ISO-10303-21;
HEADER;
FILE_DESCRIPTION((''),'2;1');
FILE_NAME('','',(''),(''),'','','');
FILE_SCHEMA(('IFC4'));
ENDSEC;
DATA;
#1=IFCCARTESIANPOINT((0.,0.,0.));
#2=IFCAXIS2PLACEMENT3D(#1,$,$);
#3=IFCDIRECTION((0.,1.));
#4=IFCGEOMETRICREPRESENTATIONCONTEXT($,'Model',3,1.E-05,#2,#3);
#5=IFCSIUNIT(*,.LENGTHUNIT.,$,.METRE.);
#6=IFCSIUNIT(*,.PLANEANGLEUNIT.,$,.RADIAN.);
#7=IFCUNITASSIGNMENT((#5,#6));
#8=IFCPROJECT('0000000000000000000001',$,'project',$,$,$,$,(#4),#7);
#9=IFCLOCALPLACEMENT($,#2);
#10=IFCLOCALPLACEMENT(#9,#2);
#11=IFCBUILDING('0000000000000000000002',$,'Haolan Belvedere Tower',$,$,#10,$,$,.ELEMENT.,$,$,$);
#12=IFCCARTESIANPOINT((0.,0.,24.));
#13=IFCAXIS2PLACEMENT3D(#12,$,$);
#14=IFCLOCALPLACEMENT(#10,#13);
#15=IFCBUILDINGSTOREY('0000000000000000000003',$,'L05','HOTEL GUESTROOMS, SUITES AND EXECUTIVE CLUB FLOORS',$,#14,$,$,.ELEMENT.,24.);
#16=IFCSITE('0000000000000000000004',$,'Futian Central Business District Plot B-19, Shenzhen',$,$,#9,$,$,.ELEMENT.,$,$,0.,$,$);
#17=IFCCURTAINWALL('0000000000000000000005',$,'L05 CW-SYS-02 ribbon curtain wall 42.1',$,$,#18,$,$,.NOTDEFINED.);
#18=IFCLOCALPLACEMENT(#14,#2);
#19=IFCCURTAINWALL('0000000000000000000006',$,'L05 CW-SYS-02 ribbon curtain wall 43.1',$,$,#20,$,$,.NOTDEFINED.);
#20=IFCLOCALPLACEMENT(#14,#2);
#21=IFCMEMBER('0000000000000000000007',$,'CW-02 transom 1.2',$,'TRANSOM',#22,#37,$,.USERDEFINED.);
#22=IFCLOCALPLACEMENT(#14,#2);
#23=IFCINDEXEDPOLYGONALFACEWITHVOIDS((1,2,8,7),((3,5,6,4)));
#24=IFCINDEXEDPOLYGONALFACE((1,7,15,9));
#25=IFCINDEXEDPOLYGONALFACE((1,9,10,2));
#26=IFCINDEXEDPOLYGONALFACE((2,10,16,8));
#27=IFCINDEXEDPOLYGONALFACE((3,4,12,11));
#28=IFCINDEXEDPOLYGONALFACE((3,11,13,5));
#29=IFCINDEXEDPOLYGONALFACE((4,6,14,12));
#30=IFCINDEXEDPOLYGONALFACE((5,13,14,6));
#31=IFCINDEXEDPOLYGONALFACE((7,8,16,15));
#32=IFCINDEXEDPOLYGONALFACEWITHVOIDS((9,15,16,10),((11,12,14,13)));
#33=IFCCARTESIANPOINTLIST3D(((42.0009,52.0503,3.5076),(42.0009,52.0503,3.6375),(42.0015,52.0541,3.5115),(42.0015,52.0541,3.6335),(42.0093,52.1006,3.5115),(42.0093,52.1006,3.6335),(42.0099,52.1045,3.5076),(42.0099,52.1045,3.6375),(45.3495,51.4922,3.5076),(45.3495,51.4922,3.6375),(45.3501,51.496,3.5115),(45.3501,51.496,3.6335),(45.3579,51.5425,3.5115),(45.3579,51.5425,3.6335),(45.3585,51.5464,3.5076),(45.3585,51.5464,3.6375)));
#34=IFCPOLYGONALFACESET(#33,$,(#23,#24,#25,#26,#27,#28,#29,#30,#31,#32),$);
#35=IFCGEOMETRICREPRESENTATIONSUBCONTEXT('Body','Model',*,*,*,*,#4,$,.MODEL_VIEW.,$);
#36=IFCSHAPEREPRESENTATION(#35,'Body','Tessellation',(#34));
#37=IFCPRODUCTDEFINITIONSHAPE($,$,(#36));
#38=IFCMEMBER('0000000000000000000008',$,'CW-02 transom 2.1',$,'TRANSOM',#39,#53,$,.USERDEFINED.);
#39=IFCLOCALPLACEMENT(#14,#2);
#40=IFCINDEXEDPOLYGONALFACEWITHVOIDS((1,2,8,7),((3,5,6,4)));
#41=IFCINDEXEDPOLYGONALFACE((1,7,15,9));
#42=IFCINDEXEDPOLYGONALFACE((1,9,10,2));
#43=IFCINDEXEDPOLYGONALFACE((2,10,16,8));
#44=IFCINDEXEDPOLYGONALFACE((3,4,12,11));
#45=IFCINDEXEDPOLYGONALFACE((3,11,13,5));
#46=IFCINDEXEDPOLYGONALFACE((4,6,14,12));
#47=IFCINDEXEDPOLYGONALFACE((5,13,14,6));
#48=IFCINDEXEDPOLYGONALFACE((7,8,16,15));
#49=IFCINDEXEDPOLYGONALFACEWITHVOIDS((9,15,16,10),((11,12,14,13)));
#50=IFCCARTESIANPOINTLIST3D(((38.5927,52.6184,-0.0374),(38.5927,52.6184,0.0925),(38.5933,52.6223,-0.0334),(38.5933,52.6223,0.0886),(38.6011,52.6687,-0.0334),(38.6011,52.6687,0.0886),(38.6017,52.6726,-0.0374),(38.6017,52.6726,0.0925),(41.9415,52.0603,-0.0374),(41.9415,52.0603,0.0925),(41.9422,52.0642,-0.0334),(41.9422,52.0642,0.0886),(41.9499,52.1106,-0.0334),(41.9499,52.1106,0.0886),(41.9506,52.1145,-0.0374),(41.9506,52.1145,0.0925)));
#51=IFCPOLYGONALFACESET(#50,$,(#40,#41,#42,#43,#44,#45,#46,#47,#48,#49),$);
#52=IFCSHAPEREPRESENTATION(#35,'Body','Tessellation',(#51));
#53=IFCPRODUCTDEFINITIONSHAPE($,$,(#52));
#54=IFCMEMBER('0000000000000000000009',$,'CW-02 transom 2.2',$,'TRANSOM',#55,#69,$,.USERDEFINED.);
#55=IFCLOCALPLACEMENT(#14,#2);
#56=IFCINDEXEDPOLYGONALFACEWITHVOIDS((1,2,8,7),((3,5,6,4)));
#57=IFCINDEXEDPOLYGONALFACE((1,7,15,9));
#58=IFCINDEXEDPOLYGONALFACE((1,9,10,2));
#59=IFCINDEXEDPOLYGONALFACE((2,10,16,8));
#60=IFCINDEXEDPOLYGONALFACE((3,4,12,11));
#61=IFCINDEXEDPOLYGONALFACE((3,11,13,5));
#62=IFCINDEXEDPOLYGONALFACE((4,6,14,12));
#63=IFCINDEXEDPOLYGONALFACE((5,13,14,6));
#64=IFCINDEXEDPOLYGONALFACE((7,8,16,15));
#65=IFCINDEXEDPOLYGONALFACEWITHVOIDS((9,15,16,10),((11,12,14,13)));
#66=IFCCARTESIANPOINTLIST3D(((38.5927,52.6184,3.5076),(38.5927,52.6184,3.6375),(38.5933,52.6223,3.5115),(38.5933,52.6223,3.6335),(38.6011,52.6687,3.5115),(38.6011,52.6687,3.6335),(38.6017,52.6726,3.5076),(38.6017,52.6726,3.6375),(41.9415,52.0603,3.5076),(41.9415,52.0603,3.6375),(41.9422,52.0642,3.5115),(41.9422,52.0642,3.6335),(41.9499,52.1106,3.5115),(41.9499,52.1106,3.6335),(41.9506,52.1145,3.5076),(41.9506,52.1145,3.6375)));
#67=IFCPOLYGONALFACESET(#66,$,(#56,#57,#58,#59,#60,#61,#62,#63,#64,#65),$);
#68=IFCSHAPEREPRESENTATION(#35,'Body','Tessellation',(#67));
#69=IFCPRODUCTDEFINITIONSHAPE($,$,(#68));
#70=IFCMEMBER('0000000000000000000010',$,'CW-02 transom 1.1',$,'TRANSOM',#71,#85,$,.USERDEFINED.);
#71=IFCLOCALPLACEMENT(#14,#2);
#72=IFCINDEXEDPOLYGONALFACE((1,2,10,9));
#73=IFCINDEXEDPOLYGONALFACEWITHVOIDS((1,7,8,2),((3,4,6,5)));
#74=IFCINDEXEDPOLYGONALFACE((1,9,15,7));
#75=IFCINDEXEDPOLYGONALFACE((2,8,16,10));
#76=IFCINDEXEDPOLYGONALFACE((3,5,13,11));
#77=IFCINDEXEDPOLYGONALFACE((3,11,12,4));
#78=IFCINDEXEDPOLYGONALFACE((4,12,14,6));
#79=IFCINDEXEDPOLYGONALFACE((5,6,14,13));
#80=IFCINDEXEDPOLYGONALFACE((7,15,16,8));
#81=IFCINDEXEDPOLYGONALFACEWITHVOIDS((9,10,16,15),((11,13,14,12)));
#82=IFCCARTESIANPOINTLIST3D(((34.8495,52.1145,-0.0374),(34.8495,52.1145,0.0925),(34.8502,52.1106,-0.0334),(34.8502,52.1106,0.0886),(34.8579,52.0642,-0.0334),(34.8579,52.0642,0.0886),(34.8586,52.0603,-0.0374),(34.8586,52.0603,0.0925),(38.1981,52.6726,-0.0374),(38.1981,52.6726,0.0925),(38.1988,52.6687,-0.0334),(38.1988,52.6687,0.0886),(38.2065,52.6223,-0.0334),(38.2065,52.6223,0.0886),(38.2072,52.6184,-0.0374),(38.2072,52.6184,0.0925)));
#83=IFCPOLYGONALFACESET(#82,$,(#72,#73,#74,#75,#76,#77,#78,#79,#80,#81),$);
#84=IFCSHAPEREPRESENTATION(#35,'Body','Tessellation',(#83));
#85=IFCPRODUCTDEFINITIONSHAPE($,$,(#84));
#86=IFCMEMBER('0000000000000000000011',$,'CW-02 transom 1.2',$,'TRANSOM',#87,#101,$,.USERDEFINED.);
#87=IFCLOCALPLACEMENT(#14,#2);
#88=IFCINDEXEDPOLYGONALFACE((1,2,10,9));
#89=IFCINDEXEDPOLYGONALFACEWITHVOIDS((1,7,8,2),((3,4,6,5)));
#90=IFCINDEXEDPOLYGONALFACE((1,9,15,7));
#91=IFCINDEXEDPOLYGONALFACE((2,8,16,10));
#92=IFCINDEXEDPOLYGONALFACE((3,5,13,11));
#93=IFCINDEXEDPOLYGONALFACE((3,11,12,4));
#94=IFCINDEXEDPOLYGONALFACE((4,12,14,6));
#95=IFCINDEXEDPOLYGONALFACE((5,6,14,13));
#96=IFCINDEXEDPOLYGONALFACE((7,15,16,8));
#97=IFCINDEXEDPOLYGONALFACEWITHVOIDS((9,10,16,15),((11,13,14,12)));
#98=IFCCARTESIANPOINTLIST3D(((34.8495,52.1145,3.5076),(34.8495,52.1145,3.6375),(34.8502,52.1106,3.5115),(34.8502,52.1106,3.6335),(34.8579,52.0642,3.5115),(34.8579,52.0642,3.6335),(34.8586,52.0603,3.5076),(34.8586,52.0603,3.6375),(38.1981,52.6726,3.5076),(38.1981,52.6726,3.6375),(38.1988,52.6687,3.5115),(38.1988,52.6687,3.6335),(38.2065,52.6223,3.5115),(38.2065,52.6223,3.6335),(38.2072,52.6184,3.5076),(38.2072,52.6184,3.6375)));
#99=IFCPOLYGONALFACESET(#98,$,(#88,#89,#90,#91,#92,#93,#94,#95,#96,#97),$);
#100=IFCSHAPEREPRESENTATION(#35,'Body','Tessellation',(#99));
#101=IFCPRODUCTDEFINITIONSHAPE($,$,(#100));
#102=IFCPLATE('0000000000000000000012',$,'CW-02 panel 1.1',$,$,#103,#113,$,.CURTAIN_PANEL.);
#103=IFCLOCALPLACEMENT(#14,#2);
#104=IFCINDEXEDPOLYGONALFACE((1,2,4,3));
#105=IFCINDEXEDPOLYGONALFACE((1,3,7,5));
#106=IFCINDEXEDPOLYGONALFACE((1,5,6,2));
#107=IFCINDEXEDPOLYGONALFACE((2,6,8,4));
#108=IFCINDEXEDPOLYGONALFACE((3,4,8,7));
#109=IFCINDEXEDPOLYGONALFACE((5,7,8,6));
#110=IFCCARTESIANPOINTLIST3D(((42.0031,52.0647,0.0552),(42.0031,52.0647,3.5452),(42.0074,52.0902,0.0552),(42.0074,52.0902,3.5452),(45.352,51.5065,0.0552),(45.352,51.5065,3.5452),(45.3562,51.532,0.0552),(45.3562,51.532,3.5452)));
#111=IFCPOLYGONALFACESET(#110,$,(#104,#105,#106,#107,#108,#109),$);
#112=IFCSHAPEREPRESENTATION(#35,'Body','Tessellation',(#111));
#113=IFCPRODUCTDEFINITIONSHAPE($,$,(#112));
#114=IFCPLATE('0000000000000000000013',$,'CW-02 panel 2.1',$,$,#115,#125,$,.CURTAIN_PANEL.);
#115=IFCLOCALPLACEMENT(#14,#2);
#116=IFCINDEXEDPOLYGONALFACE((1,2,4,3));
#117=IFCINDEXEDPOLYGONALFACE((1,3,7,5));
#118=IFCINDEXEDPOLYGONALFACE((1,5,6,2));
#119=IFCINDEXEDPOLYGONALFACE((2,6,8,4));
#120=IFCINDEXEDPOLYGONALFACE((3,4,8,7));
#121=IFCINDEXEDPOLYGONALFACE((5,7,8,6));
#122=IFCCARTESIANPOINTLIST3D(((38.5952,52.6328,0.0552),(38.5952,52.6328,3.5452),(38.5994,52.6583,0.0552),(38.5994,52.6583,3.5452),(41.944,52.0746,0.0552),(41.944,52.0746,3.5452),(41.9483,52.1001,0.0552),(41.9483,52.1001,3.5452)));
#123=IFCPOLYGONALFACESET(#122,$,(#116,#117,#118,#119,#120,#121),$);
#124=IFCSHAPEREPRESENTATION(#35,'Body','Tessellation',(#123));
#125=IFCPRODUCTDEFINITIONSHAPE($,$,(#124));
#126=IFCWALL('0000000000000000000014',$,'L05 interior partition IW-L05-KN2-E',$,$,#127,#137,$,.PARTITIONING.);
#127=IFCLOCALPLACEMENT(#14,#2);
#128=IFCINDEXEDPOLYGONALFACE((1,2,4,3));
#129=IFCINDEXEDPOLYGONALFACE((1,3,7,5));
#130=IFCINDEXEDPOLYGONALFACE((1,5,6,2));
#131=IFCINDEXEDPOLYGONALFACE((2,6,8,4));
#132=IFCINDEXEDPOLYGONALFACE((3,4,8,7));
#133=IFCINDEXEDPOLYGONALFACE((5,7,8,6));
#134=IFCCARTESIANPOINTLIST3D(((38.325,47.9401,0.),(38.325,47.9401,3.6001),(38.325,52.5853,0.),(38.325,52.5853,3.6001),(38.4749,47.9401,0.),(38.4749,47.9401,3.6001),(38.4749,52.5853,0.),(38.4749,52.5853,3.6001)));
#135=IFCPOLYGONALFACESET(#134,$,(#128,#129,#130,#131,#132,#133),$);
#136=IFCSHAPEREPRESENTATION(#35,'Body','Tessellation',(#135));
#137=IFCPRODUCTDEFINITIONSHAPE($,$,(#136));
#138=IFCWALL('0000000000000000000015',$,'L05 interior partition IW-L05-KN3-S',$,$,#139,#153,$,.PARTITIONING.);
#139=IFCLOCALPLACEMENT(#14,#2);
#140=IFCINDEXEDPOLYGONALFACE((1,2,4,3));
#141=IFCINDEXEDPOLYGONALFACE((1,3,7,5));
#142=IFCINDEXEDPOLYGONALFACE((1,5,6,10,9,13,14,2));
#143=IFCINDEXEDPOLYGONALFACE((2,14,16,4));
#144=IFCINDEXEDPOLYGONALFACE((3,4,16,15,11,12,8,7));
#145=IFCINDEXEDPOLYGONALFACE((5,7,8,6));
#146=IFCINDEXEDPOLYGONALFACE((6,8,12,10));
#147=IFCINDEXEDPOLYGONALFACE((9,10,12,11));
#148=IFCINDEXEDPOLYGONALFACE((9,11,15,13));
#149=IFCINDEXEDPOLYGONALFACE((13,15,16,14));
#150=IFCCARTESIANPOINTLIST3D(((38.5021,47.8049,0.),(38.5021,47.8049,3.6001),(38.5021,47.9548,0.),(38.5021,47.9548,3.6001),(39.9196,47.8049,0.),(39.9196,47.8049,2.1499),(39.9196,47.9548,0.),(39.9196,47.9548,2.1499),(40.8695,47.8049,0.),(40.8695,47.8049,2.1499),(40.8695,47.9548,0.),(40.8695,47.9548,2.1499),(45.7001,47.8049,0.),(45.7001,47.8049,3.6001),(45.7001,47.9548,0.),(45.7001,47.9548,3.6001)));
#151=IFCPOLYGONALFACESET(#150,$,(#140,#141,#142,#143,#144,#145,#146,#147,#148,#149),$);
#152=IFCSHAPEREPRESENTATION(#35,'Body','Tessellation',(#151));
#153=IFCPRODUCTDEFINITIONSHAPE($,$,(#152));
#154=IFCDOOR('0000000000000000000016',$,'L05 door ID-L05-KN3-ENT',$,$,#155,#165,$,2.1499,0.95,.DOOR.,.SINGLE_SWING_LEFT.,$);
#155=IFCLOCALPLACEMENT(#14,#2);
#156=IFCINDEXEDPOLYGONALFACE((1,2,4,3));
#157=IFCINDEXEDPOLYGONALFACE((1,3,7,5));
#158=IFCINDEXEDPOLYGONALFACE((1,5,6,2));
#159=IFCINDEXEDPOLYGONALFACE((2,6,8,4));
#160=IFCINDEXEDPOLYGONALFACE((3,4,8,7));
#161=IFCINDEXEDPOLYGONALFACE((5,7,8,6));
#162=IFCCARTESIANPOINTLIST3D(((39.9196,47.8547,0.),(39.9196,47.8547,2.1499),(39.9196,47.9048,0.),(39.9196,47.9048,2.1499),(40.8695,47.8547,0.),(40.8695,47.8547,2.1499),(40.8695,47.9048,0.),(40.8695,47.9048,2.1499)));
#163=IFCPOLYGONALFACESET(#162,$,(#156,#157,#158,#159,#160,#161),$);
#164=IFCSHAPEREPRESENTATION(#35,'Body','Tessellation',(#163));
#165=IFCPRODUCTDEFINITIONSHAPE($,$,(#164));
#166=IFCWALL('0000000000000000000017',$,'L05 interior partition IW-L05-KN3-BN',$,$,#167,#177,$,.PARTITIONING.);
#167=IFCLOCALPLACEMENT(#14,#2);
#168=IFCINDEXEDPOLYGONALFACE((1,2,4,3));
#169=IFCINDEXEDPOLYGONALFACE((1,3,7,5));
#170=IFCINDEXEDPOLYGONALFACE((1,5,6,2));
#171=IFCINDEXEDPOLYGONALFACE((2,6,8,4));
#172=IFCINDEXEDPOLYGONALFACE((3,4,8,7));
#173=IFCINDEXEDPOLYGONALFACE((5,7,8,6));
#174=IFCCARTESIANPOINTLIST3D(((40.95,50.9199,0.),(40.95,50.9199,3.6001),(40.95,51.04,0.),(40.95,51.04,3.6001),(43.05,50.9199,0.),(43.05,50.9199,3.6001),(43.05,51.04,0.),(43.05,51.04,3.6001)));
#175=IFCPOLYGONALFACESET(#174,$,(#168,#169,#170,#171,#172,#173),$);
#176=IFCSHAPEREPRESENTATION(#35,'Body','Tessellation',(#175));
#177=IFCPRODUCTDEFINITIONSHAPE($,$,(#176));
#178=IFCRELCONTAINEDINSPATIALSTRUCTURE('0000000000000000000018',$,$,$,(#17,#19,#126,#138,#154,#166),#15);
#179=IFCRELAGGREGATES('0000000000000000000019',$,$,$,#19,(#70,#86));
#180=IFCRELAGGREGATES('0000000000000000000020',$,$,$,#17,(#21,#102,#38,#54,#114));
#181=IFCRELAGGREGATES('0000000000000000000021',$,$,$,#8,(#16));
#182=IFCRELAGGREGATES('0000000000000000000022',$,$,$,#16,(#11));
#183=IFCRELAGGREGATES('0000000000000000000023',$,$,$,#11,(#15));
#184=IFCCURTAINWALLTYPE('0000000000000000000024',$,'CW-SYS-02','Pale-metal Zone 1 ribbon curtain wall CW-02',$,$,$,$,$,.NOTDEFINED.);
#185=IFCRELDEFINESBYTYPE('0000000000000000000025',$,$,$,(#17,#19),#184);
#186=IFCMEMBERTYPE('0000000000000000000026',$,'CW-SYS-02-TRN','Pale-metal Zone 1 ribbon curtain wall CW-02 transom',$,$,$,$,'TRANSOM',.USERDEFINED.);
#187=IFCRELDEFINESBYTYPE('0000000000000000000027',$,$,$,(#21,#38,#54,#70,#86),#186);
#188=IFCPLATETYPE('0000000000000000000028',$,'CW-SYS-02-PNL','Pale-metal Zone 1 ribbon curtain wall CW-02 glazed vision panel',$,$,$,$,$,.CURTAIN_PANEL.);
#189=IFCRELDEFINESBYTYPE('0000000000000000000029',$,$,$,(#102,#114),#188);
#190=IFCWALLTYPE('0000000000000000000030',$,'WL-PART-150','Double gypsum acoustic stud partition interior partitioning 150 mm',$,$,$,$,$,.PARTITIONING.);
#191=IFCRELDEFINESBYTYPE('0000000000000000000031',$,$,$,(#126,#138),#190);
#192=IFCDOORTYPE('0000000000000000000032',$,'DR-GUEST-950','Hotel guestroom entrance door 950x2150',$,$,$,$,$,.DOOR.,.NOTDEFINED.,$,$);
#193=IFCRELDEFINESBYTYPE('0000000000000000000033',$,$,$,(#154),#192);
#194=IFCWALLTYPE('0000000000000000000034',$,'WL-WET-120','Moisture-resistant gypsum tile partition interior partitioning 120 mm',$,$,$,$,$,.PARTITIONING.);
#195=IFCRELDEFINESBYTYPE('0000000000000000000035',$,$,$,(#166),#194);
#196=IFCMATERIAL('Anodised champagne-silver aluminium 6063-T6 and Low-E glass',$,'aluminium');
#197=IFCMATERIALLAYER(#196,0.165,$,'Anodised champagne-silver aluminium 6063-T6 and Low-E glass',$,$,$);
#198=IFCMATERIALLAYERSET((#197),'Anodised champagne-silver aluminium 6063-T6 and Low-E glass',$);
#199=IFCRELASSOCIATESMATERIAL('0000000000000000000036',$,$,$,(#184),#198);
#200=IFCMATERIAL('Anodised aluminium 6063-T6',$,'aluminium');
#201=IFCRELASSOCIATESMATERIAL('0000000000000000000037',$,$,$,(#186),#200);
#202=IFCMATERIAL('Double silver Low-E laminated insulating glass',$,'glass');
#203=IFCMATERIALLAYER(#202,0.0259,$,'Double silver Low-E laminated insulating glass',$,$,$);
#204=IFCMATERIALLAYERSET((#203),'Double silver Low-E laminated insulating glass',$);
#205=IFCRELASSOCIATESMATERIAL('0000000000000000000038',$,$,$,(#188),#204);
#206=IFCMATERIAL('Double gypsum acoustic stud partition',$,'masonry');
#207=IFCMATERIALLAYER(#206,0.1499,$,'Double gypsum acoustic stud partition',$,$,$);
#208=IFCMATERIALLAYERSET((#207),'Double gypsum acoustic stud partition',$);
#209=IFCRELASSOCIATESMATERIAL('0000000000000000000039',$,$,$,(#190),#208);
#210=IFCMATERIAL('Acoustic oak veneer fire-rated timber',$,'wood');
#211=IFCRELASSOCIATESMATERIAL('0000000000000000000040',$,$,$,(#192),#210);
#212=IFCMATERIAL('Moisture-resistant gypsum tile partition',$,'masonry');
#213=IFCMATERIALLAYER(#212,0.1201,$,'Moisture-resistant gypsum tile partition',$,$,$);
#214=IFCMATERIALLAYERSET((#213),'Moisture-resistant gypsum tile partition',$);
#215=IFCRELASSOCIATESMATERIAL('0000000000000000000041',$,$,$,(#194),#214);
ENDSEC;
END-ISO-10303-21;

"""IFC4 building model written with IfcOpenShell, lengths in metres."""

from ifc_helpers import new_model, si_unit, direction, frame, frame_2d, origin, origin_2d, place, context, subcontext, project, spatial, rectangle, hollow_rectangle, extrude, material, layer, layer_set, material_profile, profile_set, type_object, element, fill, aggregate, save


model = new_model("IFC4")

# Units and contexts
model_context = context("Model", 3, precision=1e-05, world=origin(), true_north=direction((0.0, 1.0)))
body_context = subcontext(model_context, "Body", "Model", "MODEL_VIEW")
ifc_project = project(units=[si_unit("LENGTHUNIT", "METRE"), si_unit("PLANEANGLEUNIT", "RADIAN")], contexts=[model_context])

# Site, building, storey
site_placement = place(None, origin())
site = spatial("IfcSite", under=ifc_project, at=site_placement, Name="Futian Central Business District Plot B-19, Shenzhen", CompositionType="ELEMENT", RefElevation=0.0)
building_placement = place(site_placement, origin())
building = spatial("IfcBuilding", under=site, at=building_placement, Name="Haolan Belvedere Tower", CompositionType="ELEMENT")
storey_placement = place(building_placement, frame((0.0, 0.0, 24.0)))
storey = spatial("IfcBuildingStorey", under=building, at=storey_placement, Name="L05", Description="HOTEL GUESTROOMS, SUITES AND EXECUTIVE CLUB FLOORS", CompositionType="ELEMENT", Elevation=24.0)

# Curtain wall
ifc_material_1 = material(Name="Anodised champagne-silver aluminium 6063-T6 and Low-E glass", Category="aluminium")
ifc_layer_1 = layer(ifc_material_1, 0.165, Name="Anodised champagne-silver aluminium 6063-T6 and Low-E glass")
ifc_layer_set_1 = layer_set([ifc_layer_1], Name="Anodised champagne-silver aluminium 6063-T6 and Low-E glass")
curtain_wall_type = type_object("IfcCurtainWallType", Name="CW-SYS-02", Description="Pale-metal Zone 1 ribbon curtain wall CW-02", PredefinedType="NOTDEFINED", material=ifc_layer_set_1)
curtain_wall_1_placement = place(storey_placement, origin())
curtain_wall_1 = element("IfcCurtainWall", 1, at=curtain_wall_1_placement, inside=storey, type_object=curtain_wall_type, Name="L05 CW-SYS-02 ribbon curtain wall 42.1", PredefinedType="NOTDEFINED")
ifc_material_2 = material(Name="Anodised aluminium 6063-T6", Category="aluminium")

# Curtain wall
curtain_wall_2_placement = place(storey_placement, origin())
curtain_wall_2 = element("IfcCurtainWall", 2, at=curtain_wall_2_placement, inside=storey, type_object=curtain_wall_type, Name="L05 CW-SYS-02 ribbon curtain wall 43.1", PredefinedType="NOTDEFINED")

# Members
ifc_material_profile_1 = material_profile(ifc_material_2, hollow_rectangle(XDim=0.0549, YDim=0.1299, WallThickness=0.0039, at=origin_2d()), Name="Anodised aluminium 6063-T6")
ifc_profile_set_1 = profile_set([ifc_material_profile_1], Name="Anodised aluminium 6063-T6")
member_type_1 = type_object("IfcMemberType", Name="CW-SYS-02-TRN", Description="Pale-metal Zone 1 ribbon curtain wall CW-02 transom", ElementType="TRANSOM", PredefinedType="USERDEFINED", material=ifc_profile_set_1)
member_1_placement = place(storey_placement, frame((45.354, 51.5193, 3.5725), z_axis=(-0.986394, 0.164399, 0.0), x_axis=(-0.164399, -0.986394, 0.0)))
member_1 = element("IfcMember", 3, at=member_1_placement, type_object=member_type_1, Name="CW-02 transom 1.2", ObjectType="TRANSOM", PredefinedType="USERDEFINED", context=body_context, shape_type="SweptSolid", body=[
    extrude(hollow_rectangle(XDim=0.0549, YDim=0.1299, WallThickness=0.0039, at=origin_2d()), origin(), (0.0, 0.0, 1.0), 3.3948),
])
member_2_placement = place(storey_placement, frame((41.946, 52.0874, 0.0276), z_axis=(-0.986396, 0.164387, 0.0), x_axis=(-0.164387, -0.986396, 0.0)))
member_2 = element("IfcMember", 4, at=member_2_placement, type_object=member_type_1, Name="CW-02 transom 2.1", ObjectType="TRANSOM", PredefinedType="USERDEFINED", context=body_context, shape_type="SweptSolid", body=[
    extrude(hollow_rectangle(XDim=0.0549, YDim=0.1299, WallThickness=0.0039, at=origin_2d()), origin(), (0.0, 0.0, 1.0), 3.395),
])
member_3_placement = place(storey_placement, frame((41.946, 52.0874, 3.5725), z_axis=(-0.986396, 0.164387, 0.0), x_axis=(-0.164387, -0.986396, 0.0)))
member_3 = element("IfcMember", 5, at=member_3_placement, type_object=member_type_1, Name="CW-02 transom 2.2", ObjectType="TRANSOM", PredefinedType="USERDEFINED", context=body_context, shape_type="SweptSolid", body=[
    extrude(hollow_rectangle(XDim=0.0549, YDim=0.1299, WallThickness=0.0039, at=origin_2d()), origin(), (0.0, 0.0, 1.0), 3.395),
])
member_4_placement = place(storey_placement, frame((38.2026, 52.6455, 0.0276), z_axis=(-0.986394, -0.164399, 0.0), x_axis=(0.164399, -0.986394, 0.0)))
member_4 = element("IfcMember", 6, at=member_4_placement, type_object=member_type_1, Name="CW-02 transom 1.1", ObjectType="TRANSOM", PredefinedType="USERDEFINED", context=body_context, shape_type="SweptSolid", body=[
    extrude(hollow_rectangle(XDim=0.0549, YDim=0.1299, WallThickness=0.0039, at=origin_2d()), origin(), (0.0, 0.0, 1.0), 3.3948),
])
member_5_placement = place(storey_placement, frame((38.2026, 52.6455, 3.5725), z_axis=(-0.986394, -0.164399, 0.0), x_axis=(0.164399, -0.986394, 0.0)))
member_5 = element("IfcMember", 7, at=member_5_placement, type_object=member_type_1, Name="CW-02 transom 1.2", ObjectType="TRANSOM", PredefinedType="USERDEFINED", context=body_context, shape_type="SweptSolid", body=[
    extrude(hollow_rectangle(XDim=0.0549, YDim=0.1299, WallThickness=0.0039, at=origin_2d()), origin(), (0.0, 0.0, 1.0), 3.3948),
])
aggregate(curtain_wall_2, [member_4, member_5])

# Plates
ifc_material_3 = material(Name="Double silver Low-E laminated insulating glass", Category="glass")
ifc_layer_2 = layer(ifc_material_3, 0.0259, Name="Double silver Low-E laminated insulating glass")
ifc_layer_set_2 = layer_set([ifc_layer_2], Name="Double silver Low-E laminated insulating glass")
plate_type = type_object("IfcPlateType", Name="CW-SYS-02-PNL", Description="Pale-metal Zone 1 ribbon curtain wall CW-02 glazed vision panel", PredefinedType="CURTAIN_PANEL", material=ifc_layer_set_2)
plate_1_placement = place(storey_placement, frame((43.6797, 51.7983, 0.0552), z_axis=(0.0, 0.0, 1.0), x_axis=(-0.986393, 0.164404, 0.0)))
plate_1 = element("IfcPlate", 8, at=plate_1_placement, type_object=plate_type, Name="CW-02 panel 1.1", PredefinedType="CURTAIN_PANEL", context=body_context, shape_type="SweptSolid", body=[
    extrude(rectangle(XDim=3.395, YDim=0.0259, at=origin_2d()), origin(), (0.0, 0.0, 1.0), 3.49),
])
plate_2_placement = place(storey_placement, frame((40.2717, 52.3665, 0.0552), z_axis=(0.0, 0.0, 1.0), x_axis=(-0.986393, 0.164404, 0.0)))
plate_2 = element("IfcPlate", 9, at=plate_2_placement, type_object=plate_type, Name="CW-02 panel 2.1", PredefinedType="CURTAIN_PANEL", context=body_context, shape_type="SweptSolid", body=[
    extrude(rectangle(XDim=3.395, YDim=0.0259, at=origin_2d()), origin(), (0.0, 0.0, 1.0), 3.49),
])
aggregate(curtain_wall_1, [member_1, plate_1, member_2, member_3, plate_2])

# Wall
ifc_material_4 = material(Name="Double gypsum acoustic stud partition", Category="masonry")
ifc_layer_3 = layer(ifc_material_4, 0.1499, Name="Double gypsum acoustic stud partition")
ifc_layer_set_3 = layer_set([ifc_layer_3], Name="Double gypsum acoustic stud partition")
wall_type_1 = type_object("IfcWallType", Name="WL-PART-150", Description="Double gypsum acoustic stud partition interior partitioning 150 mm", PredefinedType="PARTITIONING", material=ifc_layer_set_3)
wall_1_placement = place(storey_placement, frame((38.3999, 47.9399, 0.0), z_axis=(0.0, 0.0, 1.0), x_axis=(0.0, 1.0, 0.0)))
element("IfcWall", 10, at=wall_1_placement, inside=storey, type_object=wall_type_1, Name="L05 interior partition IW-L05-KN2-E", PredefinedType="PARTITIONING", context=body_context, shape_type="SweptSolid", body=[
    extrude(rectangle(XDim=4.6453, YDim=0.1499, at=frame_2d((2.3228, 0.0))), origin(), (0.0, 0.0, 1.0), 3.6001),
])

# Wall, opening, door
wall_2_placement = place(storey_placement, frame((38.502, 47.8799, 0.0), z_axis=(0.0, 0.0, 1.0), x_axis=(1.0, 0.0, 0.0)))
wall_2 = element("IfcWall", 11, at=wall_2_placement, inside=storey, type_object=wall_type_1, Name="L05 interior partition IW-L05-KN3-S", PredefinedType="PARTITIONING", context=body_context, shape_type="SweptSolid", body=[
    extrude(rectangle(XDim=7.198, YDim=0.1499, at=frame_2d((3.5991, 0.0))), origin(), (0.0, 0.0, 1.0), 3.6001),
])
opening_1_placement = place(wall_2_placement, frame((1.4175, 0.0, 0.0)))
opening_1 = element("IfcOpeningElement", 12, at=opening_1_placement, cuts=wall_2, PredefinedType="OPENING", context=body_context, shape_type="SweptSolid", body=[
    extrude(rectangle(XDim=0.95, YDim=2.1499, at=frame_2d((0.4751, 1.075))), frame((0.0, 0.085, 0.0), z_axis=(0.0, -1.0, 0.0), x_axis=(1.0, 0.0, 0.0)), (0.0, 0.0, 1.0), 0.1699),
])
ifc_material_5 = material(Name="Acoustic oak veneer fire-rated timber", Category="wood")
door_type_1 = type_object("IfcDoorType", Name="DR-GUEST-950", Description="Hotel guestroom entrance door 950x2150", OperationType="NOTDEFINED", PredefinedType="DOOR", material=ifc_material_5)
door_1_placement = place(opening_1_placement, origin())
door_1 = element("IfcDoor", 13, at=door_1_placement, inside=storey, type_object=door_type_1, Name="L05 door ID-L05-KN3-ENT", OperationType="SINGLE_SWING_LEFT", OverallHeight=2.1499, OverallWidth=0.95, PredefinedType="DOOR", context=body_context, shape_type="SweptSolid", body=[
    extrude(rectangle(XDim=0.95, YDim=2.1499, at=frame_2d((0.4751, 1.075))), frame((0.0, 0.0249, 0.0), z_axis=(0.0, -1.0, 0.0), x_axis=(1.0, 0.0, 0.0)), (0.0, 0.0, 1.0), 0.05),
])
fill(opening_1, door_1)

# Wall
ifc_material_6 = material(Name="Moisture-resistant gypsum tile partition", Category="masonry")
ifc_layer_4 = layer(ifc_material_6, 0.1201, Name="Moisture-resistant gypsum tile partition")
ifc_layer_set_4 = layer_set([ifc_layer_4], Name="Moisture-resistant gypsum tile partition")
wall_type_2 = type_object("IfcWallType", Name="WL-WET-120", Description="Moisture-resistant gypsum tile partition interior partitioning 120 mm", PredefinedType="PARTITIONING", material=ifc_layer_set_4)
wall_3_placement = place(storey_placement, frame((40.95, 50.98, 0.0), z_axis=(0.0, 0.0, 1.0), x_axis=(1.0, 0.0, 0.0)))
element("IfcWall", 14, at=wall_3_placement, inside=storey, type_object=wall_type_2, Name="L05 interior partition IW-L05-KN3-BN", PredefinedType="PARTITIONING", context=body_context, shape_type="SweptSolid", body=[
    extrude(rectangle(XDim=2.1001, YDim=0.1201, at=frame_2d((1.05, 0.0))), origin(), (0.0, 0.0, 1.0), 3.6001),
])

save(model, "model.ifc")
